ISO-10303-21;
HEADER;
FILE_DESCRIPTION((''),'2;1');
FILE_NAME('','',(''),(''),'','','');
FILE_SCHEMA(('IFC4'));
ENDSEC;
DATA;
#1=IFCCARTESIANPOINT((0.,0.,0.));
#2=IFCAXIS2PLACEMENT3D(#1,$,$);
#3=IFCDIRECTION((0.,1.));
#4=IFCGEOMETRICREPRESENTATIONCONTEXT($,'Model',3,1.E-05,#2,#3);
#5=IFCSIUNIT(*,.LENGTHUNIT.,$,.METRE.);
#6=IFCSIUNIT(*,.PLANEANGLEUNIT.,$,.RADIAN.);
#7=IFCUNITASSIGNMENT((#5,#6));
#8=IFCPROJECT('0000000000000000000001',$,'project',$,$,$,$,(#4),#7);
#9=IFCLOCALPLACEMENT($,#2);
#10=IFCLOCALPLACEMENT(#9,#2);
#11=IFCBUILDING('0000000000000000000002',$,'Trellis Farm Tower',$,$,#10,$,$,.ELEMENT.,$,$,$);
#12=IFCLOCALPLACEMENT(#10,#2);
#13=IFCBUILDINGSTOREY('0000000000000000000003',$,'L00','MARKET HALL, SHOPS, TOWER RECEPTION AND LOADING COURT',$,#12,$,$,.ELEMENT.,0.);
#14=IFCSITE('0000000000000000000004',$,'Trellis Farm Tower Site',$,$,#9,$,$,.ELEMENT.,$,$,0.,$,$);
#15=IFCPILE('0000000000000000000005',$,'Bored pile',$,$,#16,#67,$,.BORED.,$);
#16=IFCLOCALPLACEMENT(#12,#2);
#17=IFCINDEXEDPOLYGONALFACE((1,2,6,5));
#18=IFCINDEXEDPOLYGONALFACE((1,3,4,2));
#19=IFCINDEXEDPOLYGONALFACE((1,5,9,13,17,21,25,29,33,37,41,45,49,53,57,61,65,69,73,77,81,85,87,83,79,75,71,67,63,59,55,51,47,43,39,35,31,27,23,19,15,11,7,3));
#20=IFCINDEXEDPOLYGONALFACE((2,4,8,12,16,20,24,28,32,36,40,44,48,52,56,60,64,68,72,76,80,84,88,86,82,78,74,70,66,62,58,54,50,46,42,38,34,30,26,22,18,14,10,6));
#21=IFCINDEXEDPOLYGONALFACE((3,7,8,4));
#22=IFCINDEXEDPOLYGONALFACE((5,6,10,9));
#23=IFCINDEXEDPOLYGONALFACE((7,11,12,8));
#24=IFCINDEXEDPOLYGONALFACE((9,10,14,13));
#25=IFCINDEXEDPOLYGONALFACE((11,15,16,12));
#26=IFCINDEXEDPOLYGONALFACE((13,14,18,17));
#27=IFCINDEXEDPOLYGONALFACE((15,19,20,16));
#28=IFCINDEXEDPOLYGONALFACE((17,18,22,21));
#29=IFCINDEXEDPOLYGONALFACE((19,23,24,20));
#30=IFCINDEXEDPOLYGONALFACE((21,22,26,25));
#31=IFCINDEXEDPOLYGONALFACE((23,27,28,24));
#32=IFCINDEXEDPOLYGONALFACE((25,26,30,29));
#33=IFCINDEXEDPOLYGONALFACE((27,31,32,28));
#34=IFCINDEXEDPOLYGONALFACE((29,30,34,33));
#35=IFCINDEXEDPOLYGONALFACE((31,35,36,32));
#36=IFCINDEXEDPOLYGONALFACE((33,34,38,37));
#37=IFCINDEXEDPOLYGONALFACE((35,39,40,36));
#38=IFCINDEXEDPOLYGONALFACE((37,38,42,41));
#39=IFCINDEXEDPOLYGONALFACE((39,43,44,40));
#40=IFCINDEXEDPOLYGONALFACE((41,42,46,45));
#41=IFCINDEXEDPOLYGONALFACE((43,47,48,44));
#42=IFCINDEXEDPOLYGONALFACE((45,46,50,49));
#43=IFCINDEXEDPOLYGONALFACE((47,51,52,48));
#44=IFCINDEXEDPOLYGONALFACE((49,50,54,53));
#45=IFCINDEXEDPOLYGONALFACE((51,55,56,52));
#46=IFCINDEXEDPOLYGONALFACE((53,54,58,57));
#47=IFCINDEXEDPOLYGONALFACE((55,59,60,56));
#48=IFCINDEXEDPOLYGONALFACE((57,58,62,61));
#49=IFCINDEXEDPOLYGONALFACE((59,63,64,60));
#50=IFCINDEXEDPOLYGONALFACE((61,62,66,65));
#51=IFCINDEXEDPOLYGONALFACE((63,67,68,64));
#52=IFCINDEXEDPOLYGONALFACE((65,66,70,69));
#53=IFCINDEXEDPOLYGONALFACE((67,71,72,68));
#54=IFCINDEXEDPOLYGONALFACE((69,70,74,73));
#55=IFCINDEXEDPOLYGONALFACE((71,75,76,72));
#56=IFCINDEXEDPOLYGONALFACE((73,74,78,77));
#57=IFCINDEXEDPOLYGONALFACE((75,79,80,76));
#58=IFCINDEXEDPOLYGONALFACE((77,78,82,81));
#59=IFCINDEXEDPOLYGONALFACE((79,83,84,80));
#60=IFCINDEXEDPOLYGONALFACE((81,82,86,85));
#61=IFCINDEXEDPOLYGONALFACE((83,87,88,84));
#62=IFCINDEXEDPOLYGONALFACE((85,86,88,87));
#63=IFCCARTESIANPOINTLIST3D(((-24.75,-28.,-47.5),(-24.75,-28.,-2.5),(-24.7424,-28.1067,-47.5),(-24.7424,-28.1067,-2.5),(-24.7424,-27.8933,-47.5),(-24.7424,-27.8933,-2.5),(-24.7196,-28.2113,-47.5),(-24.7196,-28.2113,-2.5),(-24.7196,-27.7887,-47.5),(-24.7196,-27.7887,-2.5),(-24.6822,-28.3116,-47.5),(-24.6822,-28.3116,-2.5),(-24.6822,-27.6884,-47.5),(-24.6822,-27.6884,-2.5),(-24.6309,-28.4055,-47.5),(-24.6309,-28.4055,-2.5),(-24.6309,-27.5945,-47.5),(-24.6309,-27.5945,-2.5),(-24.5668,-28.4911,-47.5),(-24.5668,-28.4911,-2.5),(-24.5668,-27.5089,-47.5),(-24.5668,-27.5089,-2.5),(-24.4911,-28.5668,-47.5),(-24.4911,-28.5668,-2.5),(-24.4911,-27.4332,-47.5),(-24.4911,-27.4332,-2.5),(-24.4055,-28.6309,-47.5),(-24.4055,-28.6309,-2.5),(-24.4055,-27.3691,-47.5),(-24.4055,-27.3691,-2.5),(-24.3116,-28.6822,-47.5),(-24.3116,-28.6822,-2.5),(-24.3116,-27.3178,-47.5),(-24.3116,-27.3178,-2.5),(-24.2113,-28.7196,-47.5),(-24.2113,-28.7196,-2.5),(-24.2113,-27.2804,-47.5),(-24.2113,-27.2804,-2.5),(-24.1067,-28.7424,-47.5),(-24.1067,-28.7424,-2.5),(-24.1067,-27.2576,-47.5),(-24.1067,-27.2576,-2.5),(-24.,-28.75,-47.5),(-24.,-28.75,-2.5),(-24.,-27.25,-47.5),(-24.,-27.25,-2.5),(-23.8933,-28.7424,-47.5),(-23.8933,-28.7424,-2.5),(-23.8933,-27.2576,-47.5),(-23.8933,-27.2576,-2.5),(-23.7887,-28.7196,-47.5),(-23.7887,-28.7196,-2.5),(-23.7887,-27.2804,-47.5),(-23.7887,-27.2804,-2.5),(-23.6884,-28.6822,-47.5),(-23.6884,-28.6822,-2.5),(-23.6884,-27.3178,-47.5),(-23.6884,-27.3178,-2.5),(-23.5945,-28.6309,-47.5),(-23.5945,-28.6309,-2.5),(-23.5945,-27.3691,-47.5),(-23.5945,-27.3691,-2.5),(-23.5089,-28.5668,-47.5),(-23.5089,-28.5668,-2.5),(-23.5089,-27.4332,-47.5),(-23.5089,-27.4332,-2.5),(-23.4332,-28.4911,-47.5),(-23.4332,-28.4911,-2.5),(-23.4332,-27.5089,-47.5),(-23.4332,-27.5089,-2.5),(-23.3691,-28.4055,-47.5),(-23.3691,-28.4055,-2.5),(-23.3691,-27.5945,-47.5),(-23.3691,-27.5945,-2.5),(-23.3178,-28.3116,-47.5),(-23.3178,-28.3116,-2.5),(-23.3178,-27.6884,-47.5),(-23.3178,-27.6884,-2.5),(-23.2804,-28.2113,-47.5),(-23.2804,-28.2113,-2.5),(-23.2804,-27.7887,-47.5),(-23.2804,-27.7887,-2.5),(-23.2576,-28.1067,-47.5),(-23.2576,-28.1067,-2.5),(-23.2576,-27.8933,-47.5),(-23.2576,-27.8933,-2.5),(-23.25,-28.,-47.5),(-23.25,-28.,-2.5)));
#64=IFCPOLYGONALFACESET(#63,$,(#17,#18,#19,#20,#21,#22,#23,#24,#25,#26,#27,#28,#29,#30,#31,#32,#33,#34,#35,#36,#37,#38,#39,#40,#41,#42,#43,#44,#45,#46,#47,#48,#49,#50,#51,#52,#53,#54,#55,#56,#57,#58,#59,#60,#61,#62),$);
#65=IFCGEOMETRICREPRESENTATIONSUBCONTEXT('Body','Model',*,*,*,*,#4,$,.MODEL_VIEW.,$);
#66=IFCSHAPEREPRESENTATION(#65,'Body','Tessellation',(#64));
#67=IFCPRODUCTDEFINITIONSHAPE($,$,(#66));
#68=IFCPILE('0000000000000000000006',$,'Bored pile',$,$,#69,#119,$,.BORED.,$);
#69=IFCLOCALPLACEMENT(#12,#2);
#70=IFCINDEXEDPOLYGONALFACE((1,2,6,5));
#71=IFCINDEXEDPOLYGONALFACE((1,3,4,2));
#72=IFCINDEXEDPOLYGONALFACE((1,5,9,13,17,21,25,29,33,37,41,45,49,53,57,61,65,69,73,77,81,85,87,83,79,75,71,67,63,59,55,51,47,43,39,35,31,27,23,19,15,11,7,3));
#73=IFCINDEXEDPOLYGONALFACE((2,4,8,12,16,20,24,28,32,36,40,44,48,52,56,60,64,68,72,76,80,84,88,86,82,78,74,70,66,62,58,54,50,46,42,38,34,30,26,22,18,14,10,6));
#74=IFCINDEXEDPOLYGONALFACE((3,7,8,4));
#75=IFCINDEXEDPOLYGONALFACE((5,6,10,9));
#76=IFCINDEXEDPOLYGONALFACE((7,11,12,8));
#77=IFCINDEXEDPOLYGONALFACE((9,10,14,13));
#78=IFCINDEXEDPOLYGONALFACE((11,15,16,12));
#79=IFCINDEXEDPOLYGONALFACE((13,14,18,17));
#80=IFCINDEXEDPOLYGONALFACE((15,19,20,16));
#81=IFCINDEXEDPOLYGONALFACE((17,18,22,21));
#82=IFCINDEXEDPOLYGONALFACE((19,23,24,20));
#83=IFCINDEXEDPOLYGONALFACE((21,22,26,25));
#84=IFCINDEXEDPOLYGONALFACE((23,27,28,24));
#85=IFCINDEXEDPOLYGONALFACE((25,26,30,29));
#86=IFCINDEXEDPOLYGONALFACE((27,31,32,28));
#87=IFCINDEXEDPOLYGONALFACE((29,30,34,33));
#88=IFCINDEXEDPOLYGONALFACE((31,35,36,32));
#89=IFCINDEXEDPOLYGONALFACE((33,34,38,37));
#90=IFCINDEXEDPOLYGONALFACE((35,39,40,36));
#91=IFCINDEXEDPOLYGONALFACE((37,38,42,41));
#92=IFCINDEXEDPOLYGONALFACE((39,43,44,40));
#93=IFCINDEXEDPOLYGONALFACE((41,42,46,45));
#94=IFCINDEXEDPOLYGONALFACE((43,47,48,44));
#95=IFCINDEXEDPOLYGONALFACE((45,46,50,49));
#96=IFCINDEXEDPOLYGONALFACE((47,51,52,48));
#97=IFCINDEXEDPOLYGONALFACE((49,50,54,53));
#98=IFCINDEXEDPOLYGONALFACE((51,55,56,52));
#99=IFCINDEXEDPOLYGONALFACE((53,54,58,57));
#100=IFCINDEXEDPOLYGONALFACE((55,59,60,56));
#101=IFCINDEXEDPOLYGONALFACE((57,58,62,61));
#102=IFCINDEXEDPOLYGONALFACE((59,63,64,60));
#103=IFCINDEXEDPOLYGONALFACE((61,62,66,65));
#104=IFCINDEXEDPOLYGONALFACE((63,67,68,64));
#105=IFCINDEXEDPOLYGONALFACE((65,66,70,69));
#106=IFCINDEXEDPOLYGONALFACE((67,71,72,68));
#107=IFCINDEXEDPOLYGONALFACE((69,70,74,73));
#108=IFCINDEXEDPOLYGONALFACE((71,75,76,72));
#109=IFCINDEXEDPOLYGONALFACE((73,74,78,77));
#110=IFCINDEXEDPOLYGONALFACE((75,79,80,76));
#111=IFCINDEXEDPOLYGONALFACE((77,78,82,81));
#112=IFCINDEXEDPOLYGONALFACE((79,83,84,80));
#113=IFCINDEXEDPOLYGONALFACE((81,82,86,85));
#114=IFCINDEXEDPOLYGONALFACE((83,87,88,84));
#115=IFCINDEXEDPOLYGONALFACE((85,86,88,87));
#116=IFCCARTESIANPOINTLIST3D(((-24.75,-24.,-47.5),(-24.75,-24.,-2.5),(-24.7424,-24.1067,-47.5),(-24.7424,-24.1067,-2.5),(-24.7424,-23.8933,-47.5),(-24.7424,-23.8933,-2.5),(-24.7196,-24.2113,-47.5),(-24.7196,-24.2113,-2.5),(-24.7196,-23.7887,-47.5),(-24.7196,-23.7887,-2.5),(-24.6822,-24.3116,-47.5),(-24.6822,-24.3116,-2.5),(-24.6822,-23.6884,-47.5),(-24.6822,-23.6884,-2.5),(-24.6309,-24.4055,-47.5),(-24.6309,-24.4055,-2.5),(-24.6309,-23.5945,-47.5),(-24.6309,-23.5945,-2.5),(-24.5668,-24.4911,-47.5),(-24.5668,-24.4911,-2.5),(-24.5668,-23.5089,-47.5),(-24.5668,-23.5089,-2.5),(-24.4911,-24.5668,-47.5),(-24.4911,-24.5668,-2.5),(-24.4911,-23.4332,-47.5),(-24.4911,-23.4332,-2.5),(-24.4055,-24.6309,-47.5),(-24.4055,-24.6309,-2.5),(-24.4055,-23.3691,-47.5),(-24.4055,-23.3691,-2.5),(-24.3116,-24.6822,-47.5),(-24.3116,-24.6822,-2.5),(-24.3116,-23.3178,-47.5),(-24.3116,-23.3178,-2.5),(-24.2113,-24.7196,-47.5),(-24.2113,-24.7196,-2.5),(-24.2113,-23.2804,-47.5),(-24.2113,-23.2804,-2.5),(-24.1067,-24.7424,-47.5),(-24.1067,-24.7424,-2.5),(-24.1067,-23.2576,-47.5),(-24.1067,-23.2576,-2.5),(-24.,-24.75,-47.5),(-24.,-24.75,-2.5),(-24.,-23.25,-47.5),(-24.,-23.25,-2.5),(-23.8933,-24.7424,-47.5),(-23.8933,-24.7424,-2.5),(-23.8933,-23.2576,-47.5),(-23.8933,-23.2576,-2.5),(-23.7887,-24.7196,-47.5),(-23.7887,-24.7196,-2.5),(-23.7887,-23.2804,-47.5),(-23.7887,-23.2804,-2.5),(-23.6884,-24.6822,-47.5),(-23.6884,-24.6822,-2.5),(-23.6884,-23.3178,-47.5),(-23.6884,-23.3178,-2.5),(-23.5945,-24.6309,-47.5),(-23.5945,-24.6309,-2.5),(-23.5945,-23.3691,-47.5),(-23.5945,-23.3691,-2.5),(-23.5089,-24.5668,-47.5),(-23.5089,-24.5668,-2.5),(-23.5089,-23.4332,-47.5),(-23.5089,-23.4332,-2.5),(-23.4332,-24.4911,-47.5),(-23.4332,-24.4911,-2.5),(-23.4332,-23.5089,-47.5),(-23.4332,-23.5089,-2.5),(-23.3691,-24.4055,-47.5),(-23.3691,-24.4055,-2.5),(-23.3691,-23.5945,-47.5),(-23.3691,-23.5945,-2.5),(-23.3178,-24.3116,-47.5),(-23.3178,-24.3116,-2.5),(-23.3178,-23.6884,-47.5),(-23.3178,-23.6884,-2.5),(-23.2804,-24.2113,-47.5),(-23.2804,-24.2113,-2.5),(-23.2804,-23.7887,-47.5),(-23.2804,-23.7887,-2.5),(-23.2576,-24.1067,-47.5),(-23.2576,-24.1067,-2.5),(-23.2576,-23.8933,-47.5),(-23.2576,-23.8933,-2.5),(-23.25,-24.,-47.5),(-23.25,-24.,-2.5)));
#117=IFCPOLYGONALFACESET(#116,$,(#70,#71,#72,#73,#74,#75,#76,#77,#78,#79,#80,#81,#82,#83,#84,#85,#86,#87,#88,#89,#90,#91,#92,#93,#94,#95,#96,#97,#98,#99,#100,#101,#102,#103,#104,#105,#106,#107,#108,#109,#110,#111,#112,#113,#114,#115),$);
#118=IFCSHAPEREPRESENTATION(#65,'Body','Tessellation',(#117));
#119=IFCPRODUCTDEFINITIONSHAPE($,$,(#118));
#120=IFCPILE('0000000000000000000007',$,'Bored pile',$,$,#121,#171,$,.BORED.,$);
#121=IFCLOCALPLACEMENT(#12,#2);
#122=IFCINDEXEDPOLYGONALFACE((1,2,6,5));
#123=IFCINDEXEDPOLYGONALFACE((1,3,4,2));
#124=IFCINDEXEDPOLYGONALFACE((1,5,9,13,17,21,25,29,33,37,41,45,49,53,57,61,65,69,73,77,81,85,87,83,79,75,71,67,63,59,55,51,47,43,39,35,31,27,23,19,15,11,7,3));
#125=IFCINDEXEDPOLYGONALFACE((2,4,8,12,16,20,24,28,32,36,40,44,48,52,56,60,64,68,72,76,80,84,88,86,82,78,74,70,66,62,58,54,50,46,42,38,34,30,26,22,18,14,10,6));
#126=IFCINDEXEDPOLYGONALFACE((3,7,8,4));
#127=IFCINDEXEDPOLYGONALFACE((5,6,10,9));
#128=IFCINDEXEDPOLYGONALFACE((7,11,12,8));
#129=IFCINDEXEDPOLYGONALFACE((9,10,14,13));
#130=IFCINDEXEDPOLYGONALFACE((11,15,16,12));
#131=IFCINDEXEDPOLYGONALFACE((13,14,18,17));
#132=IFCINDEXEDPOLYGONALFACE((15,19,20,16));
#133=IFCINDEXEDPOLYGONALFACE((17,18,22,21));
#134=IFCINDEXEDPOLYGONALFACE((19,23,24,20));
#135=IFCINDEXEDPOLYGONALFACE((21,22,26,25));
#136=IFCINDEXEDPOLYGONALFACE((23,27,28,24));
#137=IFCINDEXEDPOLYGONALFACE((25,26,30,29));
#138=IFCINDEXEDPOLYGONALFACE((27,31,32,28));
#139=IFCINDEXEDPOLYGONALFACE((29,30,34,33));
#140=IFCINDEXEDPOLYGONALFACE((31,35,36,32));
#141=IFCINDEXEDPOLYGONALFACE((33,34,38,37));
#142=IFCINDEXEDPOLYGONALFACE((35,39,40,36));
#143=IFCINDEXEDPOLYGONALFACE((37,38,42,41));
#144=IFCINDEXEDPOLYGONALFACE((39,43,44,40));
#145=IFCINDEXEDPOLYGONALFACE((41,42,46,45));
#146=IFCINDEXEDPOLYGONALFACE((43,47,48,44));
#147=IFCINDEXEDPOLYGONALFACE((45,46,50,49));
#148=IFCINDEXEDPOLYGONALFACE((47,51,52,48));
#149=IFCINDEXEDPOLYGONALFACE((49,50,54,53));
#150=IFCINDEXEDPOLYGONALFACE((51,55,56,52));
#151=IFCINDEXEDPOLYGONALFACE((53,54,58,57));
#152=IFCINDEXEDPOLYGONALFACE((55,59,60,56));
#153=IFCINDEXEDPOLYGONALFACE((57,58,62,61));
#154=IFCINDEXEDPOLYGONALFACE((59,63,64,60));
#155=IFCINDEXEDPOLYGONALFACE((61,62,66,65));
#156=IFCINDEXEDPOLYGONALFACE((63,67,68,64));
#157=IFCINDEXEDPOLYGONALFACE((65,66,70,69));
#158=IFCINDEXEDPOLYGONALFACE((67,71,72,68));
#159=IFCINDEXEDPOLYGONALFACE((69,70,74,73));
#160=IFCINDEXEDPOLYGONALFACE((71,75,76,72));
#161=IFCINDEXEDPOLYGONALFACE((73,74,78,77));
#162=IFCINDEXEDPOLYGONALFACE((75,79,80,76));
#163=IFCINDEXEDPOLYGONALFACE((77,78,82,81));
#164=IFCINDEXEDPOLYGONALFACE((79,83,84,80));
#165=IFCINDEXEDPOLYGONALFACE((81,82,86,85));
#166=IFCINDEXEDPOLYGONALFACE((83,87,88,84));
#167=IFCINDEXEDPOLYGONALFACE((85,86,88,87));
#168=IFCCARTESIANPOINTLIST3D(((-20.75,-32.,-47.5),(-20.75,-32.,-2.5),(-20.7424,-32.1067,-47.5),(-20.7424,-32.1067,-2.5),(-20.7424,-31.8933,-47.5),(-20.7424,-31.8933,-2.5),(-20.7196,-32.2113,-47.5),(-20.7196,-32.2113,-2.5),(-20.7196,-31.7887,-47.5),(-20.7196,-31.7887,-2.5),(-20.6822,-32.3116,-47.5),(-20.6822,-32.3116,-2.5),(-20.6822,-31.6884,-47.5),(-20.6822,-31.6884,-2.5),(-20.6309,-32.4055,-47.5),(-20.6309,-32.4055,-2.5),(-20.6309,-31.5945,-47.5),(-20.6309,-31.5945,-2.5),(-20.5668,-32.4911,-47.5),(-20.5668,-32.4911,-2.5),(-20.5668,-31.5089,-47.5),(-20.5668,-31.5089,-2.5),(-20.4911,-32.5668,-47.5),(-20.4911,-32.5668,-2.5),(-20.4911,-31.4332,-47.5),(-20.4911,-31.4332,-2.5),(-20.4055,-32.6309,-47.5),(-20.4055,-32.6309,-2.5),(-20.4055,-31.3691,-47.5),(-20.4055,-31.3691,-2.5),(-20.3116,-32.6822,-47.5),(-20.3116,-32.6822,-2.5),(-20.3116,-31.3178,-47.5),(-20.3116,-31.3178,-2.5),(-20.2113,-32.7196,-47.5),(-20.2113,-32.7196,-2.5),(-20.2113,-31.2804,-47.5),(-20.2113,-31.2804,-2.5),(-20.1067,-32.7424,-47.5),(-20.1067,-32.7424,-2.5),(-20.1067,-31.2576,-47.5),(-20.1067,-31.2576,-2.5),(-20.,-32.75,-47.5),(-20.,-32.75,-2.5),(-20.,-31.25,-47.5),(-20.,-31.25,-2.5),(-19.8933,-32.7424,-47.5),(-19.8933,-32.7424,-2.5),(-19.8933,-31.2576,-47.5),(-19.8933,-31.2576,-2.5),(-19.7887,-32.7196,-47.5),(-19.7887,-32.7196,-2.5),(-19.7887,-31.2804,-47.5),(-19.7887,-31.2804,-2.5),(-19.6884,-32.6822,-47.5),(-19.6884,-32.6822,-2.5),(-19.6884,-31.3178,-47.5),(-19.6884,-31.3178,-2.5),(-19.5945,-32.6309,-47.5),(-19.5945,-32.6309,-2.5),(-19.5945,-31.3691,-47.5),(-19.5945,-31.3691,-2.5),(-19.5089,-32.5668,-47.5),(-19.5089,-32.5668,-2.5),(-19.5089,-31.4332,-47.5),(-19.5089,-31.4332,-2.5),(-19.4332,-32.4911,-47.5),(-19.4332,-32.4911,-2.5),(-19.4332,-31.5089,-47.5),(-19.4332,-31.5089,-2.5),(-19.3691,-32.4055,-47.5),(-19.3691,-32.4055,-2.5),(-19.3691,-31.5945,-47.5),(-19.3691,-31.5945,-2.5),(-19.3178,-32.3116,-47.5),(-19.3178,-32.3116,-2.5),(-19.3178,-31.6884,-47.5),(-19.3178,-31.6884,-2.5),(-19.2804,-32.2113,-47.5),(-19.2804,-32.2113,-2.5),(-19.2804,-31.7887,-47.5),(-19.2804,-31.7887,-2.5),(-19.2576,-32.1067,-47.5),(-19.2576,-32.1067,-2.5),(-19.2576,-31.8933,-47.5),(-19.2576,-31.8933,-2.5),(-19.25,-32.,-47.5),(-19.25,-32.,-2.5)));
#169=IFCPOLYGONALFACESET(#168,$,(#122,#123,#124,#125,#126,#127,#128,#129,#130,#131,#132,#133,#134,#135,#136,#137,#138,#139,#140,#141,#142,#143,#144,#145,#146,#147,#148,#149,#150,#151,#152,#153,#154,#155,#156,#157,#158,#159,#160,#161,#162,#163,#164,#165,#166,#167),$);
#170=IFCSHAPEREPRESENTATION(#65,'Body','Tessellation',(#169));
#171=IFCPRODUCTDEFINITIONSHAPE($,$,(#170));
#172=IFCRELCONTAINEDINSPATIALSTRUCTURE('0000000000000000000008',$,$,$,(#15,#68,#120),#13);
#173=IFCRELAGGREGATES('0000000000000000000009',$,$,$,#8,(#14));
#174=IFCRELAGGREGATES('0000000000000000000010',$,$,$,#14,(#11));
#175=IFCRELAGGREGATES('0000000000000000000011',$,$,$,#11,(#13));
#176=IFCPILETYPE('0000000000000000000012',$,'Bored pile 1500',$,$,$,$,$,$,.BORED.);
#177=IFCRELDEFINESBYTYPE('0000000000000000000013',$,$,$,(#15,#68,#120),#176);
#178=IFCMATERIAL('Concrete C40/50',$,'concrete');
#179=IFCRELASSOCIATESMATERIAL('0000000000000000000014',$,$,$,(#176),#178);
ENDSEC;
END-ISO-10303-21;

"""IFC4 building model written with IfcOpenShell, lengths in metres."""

from ifc_helpers import new_model, si_unit, direction, frame, origin, origin_2d, place, context, subcontext, project, spatial, circle, extrude, source, transform, mapped, material, material_profile, profile_set, type_object, element, save


model = new_model("IFC4")

# Units and contexts
model_context = context("Model", 3, precision=1e-05, world=origin(), true_north=direction((0.0, 1.0)))
body_context = subcontext(model_context, "Body", "Model", "MODEL_VIEW")
ifc_project = project(units=[si_unit("LENGTHUNIT", "METRE"), si_unit("PLANEANGLEUNIT", "RADIAN")], contexts=[model_context])

# Site, building, storey
site_placement = place(None, origin())
site = spatial("IfcSite", under=ifc_project, at=site_placement, Name="Trellis Farm Tower Site", CompositionType="ELEMENT", RefElevation=0.0)
building_placement = place(site_placement, origin())
building = spatial("IfcBuilding", under=site, at=building_placement, Name="Trellis Farm Tower", CompositionType="ELEMENT")
storey_placement = place(building_placement, origin())
storey = spatial("IfcBuildingStorey", under=building, at=storey_placement, Name="L00", Description="MARKET HALL, SHOPS, TOWER RECEPTION AND LOADING COURT", CompositionType="ELEMENT", Elevation=0.0)

# Piles
ifc_material_1 = material(Name="Concrete C40/50", Category="concrete")
ifc_material_profile_1 = material_profile(ifc_material_1, circle(Radius=0.75, at=origin_2d()), Name="Bored pile 1500")
ifc_profile_set_1 = profile_set([ifc_material_profile_1], Name="Concrete C40/50")
pile_type = type_object("IfcPileType", Name="Bored pile 1500", PredefinedType="BORED", material=ifc_profile_set_1)
shared_shape_1 = source(origin(), body_context, "Body", "SweptSolid", [
    extrude(circle(Radius=0.75, at=origin_2d()), origin(), (0.0, 0.0, 1.0), 45.0),
])
for number, where, z_axis, x_axis, name in (
    (1, (-24.0, -28.0, -2.5), (0.0, 0.0, -1.0), (1.0, 0.0, 0.0), "Bored pile"),
    (2, (-24.0, -24.0, -2.5), (0.0, 0.0, -1.0), (1.0, 0.0, 0.0), "Bored pile"),
    (3, (-20.0, -32.0, -2.5), (0.0, 0.0, -1.0), (1.0, 0.0, 0.0), "Bored pile"),
):
    element("IfcPile", number, at=place(storey_placement, frame(where, z_axis=z_axis, x_axis=x_axis)), inside=storey, type_object=pile_type, Name=name, PredefinedType="BORED", context=body_context, shape_type="MappedRepresentation", body=[
        mapped(shared_shape_1, transform((0.0, 0.0, 0.0))),
    ])

save(model, "model.ifc")
